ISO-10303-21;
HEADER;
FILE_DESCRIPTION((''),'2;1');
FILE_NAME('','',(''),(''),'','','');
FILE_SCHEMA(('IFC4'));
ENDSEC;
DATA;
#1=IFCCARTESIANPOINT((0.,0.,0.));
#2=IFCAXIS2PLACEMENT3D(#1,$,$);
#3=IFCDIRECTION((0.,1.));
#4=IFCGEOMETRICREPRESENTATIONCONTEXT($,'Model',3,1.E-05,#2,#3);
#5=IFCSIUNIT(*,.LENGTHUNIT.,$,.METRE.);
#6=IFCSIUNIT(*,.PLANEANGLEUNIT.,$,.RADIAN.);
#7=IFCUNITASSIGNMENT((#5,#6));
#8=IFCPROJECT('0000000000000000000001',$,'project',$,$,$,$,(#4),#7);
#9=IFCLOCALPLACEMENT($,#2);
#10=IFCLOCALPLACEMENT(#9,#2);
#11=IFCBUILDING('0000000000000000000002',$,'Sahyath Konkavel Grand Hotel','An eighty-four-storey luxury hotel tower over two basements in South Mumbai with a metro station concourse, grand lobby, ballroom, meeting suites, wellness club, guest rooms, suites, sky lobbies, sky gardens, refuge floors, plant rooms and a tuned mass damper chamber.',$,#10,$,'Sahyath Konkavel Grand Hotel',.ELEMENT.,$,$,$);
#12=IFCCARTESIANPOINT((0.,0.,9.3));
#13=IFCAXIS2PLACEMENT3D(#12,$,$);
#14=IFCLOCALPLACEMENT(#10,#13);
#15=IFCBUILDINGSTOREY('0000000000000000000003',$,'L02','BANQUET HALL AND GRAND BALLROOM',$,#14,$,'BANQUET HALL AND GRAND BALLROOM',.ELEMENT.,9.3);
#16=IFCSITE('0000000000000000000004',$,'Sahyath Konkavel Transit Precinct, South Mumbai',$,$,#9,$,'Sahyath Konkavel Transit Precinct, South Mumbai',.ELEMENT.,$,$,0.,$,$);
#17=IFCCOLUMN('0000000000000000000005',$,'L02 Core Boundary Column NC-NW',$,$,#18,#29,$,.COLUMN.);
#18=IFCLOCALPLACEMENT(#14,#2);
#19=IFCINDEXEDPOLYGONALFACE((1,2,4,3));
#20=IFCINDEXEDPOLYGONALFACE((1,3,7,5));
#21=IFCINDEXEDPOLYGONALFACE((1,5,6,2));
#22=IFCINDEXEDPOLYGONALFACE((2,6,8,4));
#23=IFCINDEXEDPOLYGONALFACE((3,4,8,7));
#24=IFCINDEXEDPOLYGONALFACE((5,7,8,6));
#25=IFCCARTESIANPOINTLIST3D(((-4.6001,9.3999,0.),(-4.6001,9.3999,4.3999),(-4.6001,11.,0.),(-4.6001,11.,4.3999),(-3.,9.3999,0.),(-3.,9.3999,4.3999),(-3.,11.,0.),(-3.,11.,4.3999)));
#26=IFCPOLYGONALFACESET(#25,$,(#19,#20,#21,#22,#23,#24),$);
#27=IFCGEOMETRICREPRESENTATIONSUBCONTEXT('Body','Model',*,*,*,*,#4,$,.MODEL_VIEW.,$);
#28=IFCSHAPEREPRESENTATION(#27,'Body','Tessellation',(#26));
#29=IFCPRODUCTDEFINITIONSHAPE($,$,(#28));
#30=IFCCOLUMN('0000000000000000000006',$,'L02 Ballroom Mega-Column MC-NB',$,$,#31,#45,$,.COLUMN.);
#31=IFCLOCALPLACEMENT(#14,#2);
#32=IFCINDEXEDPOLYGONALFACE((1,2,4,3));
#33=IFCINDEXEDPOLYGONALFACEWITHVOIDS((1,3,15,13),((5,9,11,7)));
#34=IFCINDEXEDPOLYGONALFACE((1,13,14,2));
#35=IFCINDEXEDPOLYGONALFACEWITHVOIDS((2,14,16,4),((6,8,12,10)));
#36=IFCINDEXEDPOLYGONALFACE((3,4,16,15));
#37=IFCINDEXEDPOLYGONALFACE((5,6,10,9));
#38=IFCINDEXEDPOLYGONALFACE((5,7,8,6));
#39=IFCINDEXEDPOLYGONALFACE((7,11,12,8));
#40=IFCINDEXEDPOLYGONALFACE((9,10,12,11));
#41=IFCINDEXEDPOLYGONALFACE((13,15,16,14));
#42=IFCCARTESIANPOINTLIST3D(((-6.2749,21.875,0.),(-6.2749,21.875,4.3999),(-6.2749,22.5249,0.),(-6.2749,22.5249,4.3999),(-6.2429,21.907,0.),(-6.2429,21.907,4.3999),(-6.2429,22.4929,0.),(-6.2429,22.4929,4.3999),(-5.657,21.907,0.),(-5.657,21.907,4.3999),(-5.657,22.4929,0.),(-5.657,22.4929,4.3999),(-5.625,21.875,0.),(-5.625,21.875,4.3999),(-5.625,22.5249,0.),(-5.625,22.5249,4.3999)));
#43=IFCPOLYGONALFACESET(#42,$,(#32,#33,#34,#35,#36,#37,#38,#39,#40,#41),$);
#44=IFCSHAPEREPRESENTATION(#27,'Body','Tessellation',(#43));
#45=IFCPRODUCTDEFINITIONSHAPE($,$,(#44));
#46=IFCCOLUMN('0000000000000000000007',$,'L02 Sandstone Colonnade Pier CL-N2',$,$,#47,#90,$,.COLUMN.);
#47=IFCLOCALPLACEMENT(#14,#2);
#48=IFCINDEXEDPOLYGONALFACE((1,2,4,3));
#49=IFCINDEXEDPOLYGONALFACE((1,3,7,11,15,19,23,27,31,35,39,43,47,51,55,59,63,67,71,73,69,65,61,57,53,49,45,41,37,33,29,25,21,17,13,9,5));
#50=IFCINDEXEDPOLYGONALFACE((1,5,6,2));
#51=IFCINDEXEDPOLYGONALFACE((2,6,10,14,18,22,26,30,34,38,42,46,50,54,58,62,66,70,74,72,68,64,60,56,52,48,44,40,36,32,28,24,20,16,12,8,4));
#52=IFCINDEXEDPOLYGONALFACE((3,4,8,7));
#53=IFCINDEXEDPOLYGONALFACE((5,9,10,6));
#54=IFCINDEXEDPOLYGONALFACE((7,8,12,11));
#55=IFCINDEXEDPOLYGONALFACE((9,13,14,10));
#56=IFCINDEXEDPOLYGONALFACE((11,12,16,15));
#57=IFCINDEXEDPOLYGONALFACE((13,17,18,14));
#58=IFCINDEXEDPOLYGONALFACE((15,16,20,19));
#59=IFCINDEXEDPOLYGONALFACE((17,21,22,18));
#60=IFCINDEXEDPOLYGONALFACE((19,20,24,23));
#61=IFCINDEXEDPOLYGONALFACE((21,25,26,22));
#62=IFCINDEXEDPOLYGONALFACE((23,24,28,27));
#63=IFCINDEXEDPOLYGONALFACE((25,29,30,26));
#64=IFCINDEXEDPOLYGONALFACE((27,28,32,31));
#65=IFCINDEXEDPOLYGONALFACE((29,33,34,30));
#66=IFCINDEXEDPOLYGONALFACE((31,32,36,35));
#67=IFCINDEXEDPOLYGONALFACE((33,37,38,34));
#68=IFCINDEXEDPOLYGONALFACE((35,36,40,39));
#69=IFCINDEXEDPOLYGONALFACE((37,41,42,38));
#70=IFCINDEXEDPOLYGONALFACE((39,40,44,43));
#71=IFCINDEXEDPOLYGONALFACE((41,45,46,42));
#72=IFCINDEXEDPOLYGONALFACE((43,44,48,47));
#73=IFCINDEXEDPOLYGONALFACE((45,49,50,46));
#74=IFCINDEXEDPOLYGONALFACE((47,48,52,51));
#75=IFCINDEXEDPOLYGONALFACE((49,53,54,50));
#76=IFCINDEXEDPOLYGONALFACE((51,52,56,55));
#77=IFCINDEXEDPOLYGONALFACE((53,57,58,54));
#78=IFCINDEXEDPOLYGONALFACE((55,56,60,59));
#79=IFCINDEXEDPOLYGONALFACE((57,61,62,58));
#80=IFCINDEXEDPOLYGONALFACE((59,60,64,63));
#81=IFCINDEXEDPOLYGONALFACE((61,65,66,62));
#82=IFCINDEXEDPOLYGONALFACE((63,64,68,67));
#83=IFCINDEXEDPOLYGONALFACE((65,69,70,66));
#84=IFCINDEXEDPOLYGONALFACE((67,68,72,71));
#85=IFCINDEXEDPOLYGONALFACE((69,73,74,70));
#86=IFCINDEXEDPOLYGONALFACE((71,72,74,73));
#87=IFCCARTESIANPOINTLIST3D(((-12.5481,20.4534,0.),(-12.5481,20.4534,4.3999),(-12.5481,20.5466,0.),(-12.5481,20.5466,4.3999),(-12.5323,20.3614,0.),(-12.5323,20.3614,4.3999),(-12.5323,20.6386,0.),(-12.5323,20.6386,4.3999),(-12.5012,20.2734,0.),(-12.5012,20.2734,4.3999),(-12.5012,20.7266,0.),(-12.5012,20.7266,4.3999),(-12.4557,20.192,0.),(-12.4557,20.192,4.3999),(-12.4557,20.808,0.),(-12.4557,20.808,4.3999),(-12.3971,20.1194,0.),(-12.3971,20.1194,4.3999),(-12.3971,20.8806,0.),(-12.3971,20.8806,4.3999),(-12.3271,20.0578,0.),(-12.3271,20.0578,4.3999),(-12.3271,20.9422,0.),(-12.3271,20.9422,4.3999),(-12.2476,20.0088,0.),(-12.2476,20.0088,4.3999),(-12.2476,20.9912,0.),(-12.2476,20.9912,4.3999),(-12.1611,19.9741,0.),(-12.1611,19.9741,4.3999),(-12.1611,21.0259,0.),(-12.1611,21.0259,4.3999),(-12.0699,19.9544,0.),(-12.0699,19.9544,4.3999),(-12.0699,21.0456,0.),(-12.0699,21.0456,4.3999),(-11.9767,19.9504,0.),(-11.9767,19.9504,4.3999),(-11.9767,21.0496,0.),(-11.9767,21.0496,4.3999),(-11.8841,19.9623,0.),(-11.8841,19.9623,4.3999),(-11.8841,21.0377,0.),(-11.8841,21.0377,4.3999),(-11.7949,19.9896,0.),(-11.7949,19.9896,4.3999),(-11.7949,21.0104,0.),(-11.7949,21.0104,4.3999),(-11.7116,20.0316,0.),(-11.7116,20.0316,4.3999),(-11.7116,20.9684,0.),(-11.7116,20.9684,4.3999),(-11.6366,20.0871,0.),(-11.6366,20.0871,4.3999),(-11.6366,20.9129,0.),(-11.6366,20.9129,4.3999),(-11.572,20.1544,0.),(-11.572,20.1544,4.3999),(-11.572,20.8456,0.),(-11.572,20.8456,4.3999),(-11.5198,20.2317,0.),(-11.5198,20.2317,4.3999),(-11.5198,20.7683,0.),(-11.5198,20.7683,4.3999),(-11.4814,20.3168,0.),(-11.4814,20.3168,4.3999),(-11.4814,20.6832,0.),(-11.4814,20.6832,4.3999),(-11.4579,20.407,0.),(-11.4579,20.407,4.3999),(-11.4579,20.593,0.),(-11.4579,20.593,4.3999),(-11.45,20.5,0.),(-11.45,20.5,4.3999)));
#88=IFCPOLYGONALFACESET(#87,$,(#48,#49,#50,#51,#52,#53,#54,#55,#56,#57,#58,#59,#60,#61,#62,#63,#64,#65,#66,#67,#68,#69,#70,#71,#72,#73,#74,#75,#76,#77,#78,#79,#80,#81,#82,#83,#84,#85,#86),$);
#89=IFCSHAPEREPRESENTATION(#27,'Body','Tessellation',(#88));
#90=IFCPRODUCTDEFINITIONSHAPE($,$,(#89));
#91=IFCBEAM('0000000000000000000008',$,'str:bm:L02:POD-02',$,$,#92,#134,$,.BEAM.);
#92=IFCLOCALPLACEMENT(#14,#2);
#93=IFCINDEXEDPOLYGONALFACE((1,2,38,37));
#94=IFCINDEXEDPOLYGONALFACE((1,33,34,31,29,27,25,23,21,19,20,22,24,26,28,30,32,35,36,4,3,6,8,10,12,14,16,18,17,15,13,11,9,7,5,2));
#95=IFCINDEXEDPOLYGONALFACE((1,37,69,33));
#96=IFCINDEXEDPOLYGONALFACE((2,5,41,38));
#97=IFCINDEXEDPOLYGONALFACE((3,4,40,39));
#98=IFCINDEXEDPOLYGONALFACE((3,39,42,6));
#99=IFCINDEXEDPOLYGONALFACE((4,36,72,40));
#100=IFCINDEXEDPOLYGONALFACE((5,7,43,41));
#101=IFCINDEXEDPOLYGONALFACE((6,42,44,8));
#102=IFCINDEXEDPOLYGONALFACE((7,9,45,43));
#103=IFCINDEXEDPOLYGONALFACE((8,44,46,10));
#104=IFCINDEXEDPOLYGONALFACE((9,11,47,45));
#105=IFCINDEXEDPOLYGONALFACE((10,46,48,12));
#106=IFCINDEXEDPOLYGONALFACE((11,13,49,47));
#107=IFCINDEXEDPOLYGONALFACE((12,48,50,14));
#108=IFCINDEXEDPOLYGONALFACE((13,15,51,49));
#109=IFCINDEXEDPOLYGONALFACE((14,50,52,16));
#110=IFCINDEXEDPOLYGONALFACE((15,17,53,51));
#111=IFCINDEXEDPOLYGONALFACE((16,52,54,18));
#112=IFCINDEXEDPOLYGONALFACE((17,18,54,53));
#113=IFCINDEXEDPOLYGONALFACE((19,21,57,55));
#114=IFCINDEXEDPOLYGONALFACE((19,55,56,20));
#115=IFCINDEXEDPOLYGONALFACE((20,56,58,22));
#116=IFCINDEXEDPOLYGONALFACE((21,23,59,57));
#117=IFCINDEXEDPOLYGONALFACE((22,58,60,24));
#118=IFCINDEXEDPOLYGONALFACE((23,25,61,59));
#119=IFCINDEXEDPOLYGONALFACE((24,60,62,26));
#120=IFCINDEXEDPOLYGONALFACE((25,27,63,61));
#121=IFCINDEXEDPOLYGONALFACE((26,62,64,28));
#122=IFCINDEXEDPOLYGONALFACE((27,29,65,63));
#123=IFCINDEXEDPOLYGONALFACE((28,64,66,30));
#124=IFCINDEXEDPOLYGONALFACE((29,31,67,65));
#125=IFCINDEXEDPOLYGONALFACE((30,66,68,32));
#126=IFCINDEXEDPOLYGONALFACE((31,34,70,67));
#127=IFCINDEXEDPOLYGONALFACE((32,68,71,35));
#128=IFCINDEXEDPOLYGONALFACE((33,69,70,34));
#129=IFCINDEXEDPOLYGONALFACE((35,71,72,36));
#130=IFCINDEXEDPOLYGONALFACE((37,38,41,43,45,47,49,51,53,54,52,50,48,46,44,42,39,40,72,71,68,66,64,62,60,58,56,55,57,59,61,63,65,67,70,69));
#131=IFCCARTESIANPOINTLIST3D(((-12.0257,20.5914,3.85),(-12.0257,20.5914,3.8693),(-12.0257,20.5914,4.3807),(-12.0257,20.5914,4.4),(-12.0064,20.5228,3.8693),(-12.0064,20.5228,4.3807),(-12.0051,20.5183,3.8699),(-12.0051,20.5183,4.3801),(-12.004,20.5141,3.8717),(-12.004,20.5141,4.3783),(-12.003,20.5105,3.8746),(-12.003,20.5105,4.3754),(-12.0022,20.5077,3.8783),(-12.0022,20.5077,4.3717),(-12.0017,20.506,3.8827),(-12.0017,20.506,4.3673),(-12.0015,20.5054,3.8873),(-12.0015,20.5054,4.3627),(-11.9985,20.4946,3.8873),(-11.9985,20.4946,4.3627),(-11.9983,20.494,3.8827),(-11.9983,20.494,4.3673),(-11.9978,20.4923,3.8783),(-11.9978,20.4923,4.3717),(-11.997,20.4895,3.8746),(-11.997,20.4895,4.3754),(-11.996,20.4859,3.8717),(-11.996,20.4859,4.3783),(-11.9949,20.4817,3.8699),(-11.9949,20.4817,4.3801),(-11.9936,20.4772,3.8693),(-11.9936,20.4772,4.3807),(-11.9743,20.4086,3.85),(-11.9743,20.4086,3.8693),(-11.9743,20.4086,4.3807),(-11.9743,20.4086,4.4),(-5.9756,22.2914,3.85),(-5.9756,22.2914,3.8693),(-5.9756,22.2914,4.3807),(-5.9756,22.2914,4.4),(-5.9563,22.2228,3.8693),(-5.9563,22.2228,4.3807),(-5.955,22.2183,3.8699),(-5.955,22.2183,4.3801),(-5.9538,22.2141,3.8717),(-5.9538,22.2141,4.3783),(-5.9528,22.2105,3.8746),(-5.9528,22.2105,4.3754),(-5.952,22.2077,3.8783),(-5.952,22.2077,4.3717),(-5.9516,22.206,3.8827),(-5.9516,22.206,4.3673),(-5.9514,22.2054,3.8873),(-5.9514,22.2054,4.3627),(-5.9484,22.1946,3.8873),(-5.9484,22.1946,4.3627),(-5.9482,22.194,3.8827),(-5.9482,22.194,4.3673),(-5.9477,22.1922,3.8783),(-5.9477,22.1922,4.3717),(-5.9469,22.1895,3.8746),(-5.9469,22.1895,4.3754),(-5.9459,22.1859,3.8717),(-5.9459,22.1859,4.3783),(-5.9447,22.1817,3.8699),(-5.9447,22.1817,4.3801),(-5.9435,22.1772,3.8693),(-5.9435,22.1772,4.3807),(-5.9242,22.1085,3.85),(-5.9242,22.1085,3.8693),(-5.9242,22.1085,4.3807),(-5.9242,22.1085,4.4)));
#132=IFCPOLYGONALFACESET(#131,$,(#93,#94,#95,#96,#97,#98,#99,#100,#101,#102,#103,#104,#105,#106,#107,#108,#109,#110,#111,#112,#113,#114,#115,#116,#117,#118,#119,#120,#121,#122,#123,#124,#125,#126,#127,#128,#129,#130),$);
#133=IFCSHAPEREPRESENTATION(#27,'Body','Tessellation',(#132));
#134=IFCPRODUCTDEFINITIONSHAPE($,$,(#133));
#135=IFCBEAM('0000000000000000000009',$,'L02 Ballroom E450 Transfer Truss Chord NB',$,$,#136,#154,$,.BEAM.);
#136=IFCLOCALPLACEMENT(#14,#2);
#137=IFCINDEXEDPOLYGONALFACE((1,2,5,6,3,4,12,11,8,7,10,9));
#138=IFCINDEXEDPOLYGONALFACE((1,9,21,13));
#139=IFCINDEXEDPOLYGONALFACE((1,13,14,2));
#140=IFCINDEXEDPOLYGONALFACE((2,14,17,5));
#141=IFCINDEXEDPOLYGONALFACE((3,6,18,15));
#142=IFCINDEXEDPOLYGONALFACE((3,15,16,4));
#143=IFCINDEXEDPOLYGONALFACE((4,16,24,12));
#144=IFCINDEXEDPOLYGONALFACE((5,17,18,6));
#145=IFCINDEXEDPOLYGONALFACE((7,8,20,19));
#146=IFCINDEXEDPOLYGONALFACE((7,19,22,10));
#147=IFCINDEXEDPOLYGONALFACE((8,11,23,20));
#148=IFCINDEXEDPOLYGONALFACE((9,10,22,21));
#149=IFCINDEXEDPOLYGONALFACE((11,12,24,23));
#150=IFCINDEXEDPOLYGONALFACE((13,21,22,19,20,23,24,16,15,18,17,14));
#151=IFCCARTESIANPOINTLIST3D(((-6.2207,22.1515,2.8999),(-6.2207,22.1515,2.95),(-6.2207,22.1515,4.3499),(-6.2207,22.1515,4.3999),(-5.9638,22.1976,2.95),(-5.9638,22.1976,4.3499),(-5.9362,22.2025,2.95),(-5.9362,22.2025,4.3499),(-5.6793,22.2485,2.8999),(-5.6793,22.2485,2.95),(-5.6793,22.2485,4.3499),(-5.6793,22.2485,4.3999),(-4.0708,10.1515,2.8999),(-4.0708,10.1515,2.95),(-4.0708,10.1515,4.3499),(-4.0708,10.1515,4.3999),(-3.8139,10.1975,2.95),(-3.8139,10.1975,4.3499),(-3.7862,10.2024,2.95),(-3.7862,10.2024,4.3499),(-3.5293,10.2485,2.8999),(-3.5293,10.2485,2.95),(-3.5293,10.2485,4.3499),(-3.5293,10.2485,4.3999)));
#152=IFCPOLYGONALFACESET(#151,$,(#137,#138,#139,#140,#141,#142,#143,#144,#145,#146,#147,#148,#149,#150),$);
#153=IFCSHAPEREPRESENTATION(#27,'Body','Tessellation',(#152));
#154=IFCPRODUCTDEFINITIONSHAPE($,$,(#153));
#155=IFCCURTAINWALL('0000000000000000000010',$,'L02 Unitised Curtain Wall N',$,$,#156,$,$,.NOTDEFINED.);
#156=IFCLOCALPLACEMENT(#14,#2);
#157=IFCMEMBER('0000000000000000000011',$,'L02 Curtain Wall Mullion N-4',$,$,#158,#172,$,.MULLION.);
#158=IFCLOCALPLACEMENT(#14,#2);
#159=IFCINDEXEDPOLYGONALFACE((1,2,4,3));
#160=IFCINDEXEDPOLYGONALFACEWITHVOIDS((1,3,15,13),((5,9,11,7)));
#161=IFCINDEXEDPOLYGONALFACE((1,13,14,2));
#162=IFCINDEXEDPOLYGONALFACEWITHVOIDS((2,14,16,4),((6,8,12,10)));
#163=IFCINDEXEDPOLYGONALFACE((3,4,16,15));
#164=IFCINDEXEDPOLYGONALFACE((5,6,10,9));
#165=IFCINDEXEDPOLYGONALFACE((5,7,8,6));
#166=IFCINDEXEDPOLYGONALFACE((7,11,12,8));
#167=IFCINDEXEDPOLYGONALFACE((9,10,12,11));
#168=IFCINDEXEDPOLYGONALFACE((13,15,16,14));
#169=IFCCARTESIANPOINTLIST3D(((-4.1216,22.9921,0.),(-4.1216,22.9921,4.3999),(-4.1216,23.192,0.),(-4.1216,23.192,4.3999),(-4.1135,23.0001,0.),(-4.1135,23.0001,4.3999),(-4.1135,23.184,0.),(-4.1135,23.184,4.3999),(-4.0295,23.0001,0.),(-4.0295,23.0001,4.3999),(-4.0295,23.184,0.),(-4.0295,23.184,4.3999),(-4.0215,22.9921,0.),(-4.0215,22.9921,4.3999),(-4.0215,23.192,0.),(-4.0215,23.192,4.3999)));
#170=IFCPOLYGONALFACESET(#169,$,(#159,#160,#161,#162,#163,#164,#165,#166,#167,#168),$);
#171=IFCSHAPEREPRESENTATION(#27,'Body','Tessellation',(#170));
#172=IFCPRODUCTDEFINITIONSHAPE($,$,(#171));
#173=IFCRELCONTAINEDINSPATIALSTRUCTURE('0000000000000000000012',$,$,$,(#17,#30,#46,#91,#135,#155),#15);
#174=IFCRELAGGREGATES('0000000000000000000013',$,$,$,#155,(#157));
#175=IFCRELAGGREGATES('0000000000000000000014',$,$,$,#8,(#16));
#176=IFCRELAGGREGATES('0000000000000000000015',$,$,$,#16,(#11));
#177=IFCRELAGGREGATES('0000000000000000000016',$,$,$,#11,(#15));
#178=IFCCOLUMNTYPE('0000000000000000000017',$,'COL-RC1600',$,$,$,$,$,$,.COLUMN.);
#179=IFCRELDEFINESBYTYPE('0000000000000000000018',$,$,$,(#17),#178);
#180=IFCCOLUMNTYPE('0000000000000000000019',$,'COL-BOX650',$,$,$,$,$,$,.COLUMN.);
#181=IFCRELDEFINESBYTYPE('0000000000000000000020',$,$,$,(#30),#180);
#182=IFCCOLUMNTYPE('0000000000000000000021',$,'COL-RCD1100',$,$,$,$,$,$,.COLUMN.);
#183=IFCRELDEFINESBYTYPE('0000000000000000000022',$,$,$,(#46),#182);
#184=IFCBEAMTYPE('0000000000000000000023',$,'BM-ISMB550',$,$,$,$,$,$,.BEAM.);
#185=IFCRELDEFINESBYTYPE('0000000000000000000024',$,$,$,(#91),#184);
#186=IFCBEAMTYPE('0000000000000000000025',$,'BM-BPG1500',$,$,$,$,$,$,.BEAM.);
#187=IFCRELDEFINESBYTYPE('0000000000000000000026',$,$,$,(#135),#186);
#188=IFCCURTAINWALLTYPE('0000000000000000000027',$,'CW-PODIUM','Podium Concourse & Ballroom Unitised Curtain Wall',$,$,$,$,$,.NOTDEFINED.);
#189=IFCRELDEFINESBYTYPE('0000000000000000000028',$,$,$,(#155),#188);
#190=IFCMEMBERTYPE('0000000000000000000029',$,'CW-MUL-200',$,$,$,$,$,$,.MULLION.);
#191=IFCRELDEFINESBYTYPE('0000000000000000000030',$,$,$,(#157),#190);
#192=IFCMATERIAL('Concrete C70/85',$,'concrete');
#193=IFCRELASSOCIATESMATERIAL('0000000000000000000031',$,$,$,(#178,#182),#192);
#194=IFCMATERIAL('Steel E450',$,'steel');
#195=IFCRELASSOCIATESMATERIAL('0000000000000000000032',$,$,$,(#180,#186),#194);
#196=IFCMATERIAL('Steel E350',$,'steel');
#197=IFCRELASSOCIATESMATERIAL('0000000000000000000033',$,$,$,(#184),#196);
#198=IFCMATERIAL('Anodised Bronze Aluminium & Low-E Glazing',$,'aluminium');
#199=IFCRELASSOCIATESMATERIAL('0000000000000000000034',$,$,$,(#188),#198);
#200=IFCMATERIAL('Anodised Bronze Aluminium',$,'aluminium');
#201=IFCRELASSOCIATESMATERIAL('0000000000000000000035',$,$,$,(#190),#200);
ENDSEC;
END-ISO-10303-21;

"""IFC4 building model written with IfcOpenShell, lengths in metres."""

from ifc_helpers import new_model, si_unit, direction, frame, origin, origin_2d, place, context, subcontext, project, spatial, rectangle, hollow_rectangle, circle, i_section, extrude, source, transform, mapped, material, material_profile, profile_set, type_object, element, aggregate, save


model = new_model("IFC4")

# Units and contexts
model_context = context("Model", 3, precision=1e-05, world=origin(), true_north=direction((0.0, 1.0)))
body_context = subcontext(model_context, "Body", "Model", "MODEL_VIEW")
ifc_project = project(units=[si_unit("LENGTHUNIT", "METRE"), si_unit("PLANEANGLEUNIT", "RADIAN")], contexts=[model_context])

# Site, building, storey
site_placement = place(None, origin())
site = spatial("IfcSite", under=ifc_project, at=site_placement, Name="Sahyath Konkavel Transit Precinct, South Mumbai", LongName="Sahyath Konkavel Transit Precinct, South Mumbai", CompositionType="ELEMENT", RefElevation=0.0)
building_placement = place(site_placement, origin())
building = spatial("IfcBuilding", under=site, at=building_placement, Name="Sahyath Konkavel Grand Hotel", Description="An eighty-four-storey luxury hotel tower over two basements in South Mumbai with a metro station concourse, grand lobby, ballroom, meeting suites, wellness club, guest rooms, suites, sky lobbies, sky gardens, refuge floors, plant rooms and a tuned mass damper chamber.", LongName="Sahyath Konkavel Grand Hotel", CompositionType="ELEMENT")
storey_placement = place(building_placement, frame((0.0, 0.0, 9.3)))
storey = spatial("IfcBuildingStorey", under=building, at=storey_placement, Name="L02", Description="BANQUET HALL AND GRAND BALLROOM", LongName="BANQUET HALL AND GRAND BALLROOM", CompositionType="ELEMENT", Elevation=9.3)

# Columns
ifc_material_1 = material(Name="Concrete C70/85", Category="concrete")
ifc_material_profile_1 = material_profile(ifc_material_1, rectangle(XDim=1.6001, YDim=1.6001, at=origin_2d()), Name="RC 1600x1600")
ifc_profile_set_1 = profile_set([ifc_material_profile_1], Name="Concrete C70/85")
column_type_1 = type_object("IfcColumnType", Name="COL-RC1600", PredefinedType="COLUMN", material=ifc_profile_set_1)
shared_shape_1 = source(origin(), body_context, "Body", "SweptSolid", [
    extrude(rectangle(XDim=1.6001, YDim=1.6001, at=origin_2d()), origin(), (0.0, 0.0, 1.0), 4.3999),
])
column_1_placement = place(storey_placement, frame((-3.8, 10.2, 0.0), z_axis=(0.0, 0.0, 1.0), x_axis=(1.0, 0.0, 0.0)))
element("IfcColumn", 1, at=column_1_placement, inside=storey, type_object=column_type_1, Name="L02 Core Boundary Column NC-NW", PredefinedType="COLUMN", context=body_context, shape_type="MappedRepresentation", body=[
    mapped(shared_shape_1, transform((0.0, 0.0, 0.0), scale=1.0)),
])
ifc_material_2 = material(Name="Steel E450", Category="steel")
ifc_material_profile_2 = material_profile(ifc_material_2, hollow_rectangle(XDim=0.6499, YDim=0.6499, WallThickness=0.032, at=origin_2d()), Name="BOX 650x650x32")
ifc_profile_set_2 = profile_set([ifc_material_profile_2], Name="Steel E450")
column_type_2 = type_object("IfcColumnType", Name="COL-BOX650", PredefinedType="COLUMN", material=ifc_profile_set_2)
shared_shape_2 = source(origin(), body_context, "Body", "SweptSolid", [
    extrude(hollow_rectangle(XDim=0.6499, YDim=0.6499, WallThickness=0.032, at=origin_2d()), origin(), (0.0, 0.0, 1.0), 4.3999),
])
column_2_placement = place(storey_placement, frame((-5.95, 22.2, 0.0), z_axis=(0.0, 0.0, 1.0), x_axis=(1.0, 0.0, 0.0)))
element("IfcColumn", 2, at=column_2_placement, inside=storey, type_object=column_type_2, Name="L02 Ballroom Mega-Column MC-NB", PredefinedType="COLUMN", context=body_context, shape_type="MappedRepresentation", body=[
    mapped(shared_shape_2, transform((0.0, 0.0, 0.0), scale=1.0)),
])
ifc_material_profile_3 = material_profile(ifc_material_1, circle(Radius=0.55, at=origin_2d()), Name="RC D1100")
ifc_profile_set_3 = profile_set([ifc_material_profile_3], Name="Concrete C70/85")
column_type_3 = type_object("IfcColumnType", Name="COL-RCD1100", PredefinedType="COLUMN", material=ifc_profile_set_3)
shared_shape_3 = source(origin(), body_context, "Body", "SweptSolid", [
    extrude(circle(Radius=0.55, at=origin_2d()), origin(), (0.0, 0.0, 1.0), 4.3999),
])
column_3_placement = place(storey_placement, frame((-12.0, 20.5, 0.0), z_axis=(0.0, 0.0, 1.0), x_axis=(1.0, 0.0, 0.0)))
element("IfcColumn", 3, at=column_3_placement, inside=storey, type_object=column_type_3, Name="L02 Sandstone Colonnade Pier CL-N2", PredefinedType="COLUMN", context=body_context, shape_type="MappedRepresentation", body=[
    mapped(shared_shape_3, transform((0.0, 0.0, 0.0), scale=1.0)),
])

# Beams
ifc_material_3 = material(Name="Steel E350", Category="steel")
ifc_material_profile_4 = material_profile(ifc_material_3, i_section(OverallWidth=0.1899, OverallDepth=0.55, WebThickness=0.0112, FlangeThickness=0.0193, FilletRadius=0.0181, at=origin_2d()), Name="ISMB 550")
ifc_profile_set_4 = profile_set([ifc_material_profile_4], Name="Steel E350")
beam_type_1 = type_object("IfcBeamType", Name="BM-ISMB550", PredefinedType="BEAM", material=ifc_profile_set_4)
shared_shape_4 = source(origin(), body_context, "Body", "SweptSolid", [
    extrude(i_section(OverallWidth=0.1899, OverallDepth=0.55, WebThickness=0.0112, FlangeThickness=0.0193, FilletRadius=0.0181, at=origin_2d()), origin(), (0.0, 0.0, 1.0), 6.2844),
])
beam_1_placement = place(storey_placement, frame((-12.0, 20.5, 4.125), z_axis=(0.962718, 0.270506, 0.0), x_axis=(-0.270506, 0.962718, 0.0)))
element("IfcBeam", 4, at=beam_1_placement, inside=storey, type_object=beam_type_1, Name="str:bm:L02:POD-02", PredefinedType="BEAM", context=body_context, shape_type="MappedRepresentation", body=[
    mapped(shared_shape_4, transform((0.0, 0.0, 0.0), scale=1.0)),
])
ifc_material_profile_5 = material_profile(ifc_material_2, i_section(OverallWidth=0.55, OverallDepth=1.5, WebThickness=0.0281, FlangeThickness=0.05, at=origin_2d()), Name="BPG 1500x550")
ifc_profile_set_5 = profile_set([ifc_material_profile_5], Name="Steel E450")
beam_type_2 = type_object("IfcBeamType", Name="BM-BPG1500", PredefinedType="BEAM", material=ifc_profile_set_5)
shared_shape_5 = source(origin(), body_context, "Body", "SweptSolid", [
    extrude(i_section(OverallWidth=0.55, OverallDepth=1.5, WebThickness=0.0281, FlangeThickness=0.05, at=origin_2d()), origin(), (0.0, 0.0, 1.0), 12.1912),
])
beam_2_placement = place(storey_placement, frame((-3.8, 10.2, 3.6499), z_axis=(-0.176351, 0.984327, 0.0), x_axis=(-0.984327, -0.176351, 0.0)))
element("IfcBeam", 5, at=beam_2_placement, inside=storey, type_object=beam_type_2, Name="L02 Ballroom E450 Transfer Truss Chord NB", PredefinedType="BEAM", context=body_context, shape_type="MappedRepresentation", body=[
    mapped(shared_shape_5, transform((0.0, 0.0, 0.0), scale=1.0)),
])

# Curtain wall, member
ifc_material_4 = material(Name="Anodised Bronze Aluminium & Low-E Glazing", Category="aluminium")
curtain_wall_type = type_object("IfcCurtainWallType", Name="CW-PODIUM", Description="Podium Concourse & Ballroom Unitised Curtain Wall", PredefinedType="NOTDEFINED", material=ifc_material_4)
curtain_wall_placement = place(storey_placement, origin())
curtain_wall = element("IfcCurtainWall", 6, at=curtain_wall_placement, inside=storey, type_object=curtain_wall_type, Name="L02 Unitised Curtain Wall N", PredefinedType="NOTDEFINED")
ifc_material_5 = material(Name="Anodised Bronze Aluminium", Category="aluminium")
ifc_material_profile_6 = material_profile(ifc_material_5, hollow_rectangle(XDim=0.1001, YDim=0.2, WallThickness=0.0081, at=origin_2d()), Name="RHS 200x100x8")
ifc_profile_set_6 = profile_set([ifc_material_profile_6], Name="Anodised Bronze Aluminium")
member_type_1 = type_object("IfcMemberType", Name="CW-MUL-200", PredefinedType="MULLION", material=ifc_profile_set_6)
shared_shape_6 = source(origin(), body_context, "Body", "SweptSolid", [
    extrude(hollow_rectangle(XDim=0.1001, YDim=0.2, WallThickness=0.0081, at=origin_2d()), origin(), (0.0, 0.0, 1.0), 4.3999),
])
member_1_placement = place(storey_placement, frame((-4.0715, 23.092, 0.0), z_axis=(0.0, 0.0, 1.0), x_axis=(1.0, 0.0, 0.0)))
member_1 = element("IfcMember", 7, at=member_1_placement, type_object=member_type_1, Name="L02 Curtain Wall Mullion N-4", PredefinedType="MULLION", context=body_context, shape_type="MappedRepresentation", body=[
    mapped(shared_shape_6, transform((0.0, 0.0, 0.0), scale=1.0)),
])

aggregate(curtain_wall, [member_1])

save(model, "model.ifc")
